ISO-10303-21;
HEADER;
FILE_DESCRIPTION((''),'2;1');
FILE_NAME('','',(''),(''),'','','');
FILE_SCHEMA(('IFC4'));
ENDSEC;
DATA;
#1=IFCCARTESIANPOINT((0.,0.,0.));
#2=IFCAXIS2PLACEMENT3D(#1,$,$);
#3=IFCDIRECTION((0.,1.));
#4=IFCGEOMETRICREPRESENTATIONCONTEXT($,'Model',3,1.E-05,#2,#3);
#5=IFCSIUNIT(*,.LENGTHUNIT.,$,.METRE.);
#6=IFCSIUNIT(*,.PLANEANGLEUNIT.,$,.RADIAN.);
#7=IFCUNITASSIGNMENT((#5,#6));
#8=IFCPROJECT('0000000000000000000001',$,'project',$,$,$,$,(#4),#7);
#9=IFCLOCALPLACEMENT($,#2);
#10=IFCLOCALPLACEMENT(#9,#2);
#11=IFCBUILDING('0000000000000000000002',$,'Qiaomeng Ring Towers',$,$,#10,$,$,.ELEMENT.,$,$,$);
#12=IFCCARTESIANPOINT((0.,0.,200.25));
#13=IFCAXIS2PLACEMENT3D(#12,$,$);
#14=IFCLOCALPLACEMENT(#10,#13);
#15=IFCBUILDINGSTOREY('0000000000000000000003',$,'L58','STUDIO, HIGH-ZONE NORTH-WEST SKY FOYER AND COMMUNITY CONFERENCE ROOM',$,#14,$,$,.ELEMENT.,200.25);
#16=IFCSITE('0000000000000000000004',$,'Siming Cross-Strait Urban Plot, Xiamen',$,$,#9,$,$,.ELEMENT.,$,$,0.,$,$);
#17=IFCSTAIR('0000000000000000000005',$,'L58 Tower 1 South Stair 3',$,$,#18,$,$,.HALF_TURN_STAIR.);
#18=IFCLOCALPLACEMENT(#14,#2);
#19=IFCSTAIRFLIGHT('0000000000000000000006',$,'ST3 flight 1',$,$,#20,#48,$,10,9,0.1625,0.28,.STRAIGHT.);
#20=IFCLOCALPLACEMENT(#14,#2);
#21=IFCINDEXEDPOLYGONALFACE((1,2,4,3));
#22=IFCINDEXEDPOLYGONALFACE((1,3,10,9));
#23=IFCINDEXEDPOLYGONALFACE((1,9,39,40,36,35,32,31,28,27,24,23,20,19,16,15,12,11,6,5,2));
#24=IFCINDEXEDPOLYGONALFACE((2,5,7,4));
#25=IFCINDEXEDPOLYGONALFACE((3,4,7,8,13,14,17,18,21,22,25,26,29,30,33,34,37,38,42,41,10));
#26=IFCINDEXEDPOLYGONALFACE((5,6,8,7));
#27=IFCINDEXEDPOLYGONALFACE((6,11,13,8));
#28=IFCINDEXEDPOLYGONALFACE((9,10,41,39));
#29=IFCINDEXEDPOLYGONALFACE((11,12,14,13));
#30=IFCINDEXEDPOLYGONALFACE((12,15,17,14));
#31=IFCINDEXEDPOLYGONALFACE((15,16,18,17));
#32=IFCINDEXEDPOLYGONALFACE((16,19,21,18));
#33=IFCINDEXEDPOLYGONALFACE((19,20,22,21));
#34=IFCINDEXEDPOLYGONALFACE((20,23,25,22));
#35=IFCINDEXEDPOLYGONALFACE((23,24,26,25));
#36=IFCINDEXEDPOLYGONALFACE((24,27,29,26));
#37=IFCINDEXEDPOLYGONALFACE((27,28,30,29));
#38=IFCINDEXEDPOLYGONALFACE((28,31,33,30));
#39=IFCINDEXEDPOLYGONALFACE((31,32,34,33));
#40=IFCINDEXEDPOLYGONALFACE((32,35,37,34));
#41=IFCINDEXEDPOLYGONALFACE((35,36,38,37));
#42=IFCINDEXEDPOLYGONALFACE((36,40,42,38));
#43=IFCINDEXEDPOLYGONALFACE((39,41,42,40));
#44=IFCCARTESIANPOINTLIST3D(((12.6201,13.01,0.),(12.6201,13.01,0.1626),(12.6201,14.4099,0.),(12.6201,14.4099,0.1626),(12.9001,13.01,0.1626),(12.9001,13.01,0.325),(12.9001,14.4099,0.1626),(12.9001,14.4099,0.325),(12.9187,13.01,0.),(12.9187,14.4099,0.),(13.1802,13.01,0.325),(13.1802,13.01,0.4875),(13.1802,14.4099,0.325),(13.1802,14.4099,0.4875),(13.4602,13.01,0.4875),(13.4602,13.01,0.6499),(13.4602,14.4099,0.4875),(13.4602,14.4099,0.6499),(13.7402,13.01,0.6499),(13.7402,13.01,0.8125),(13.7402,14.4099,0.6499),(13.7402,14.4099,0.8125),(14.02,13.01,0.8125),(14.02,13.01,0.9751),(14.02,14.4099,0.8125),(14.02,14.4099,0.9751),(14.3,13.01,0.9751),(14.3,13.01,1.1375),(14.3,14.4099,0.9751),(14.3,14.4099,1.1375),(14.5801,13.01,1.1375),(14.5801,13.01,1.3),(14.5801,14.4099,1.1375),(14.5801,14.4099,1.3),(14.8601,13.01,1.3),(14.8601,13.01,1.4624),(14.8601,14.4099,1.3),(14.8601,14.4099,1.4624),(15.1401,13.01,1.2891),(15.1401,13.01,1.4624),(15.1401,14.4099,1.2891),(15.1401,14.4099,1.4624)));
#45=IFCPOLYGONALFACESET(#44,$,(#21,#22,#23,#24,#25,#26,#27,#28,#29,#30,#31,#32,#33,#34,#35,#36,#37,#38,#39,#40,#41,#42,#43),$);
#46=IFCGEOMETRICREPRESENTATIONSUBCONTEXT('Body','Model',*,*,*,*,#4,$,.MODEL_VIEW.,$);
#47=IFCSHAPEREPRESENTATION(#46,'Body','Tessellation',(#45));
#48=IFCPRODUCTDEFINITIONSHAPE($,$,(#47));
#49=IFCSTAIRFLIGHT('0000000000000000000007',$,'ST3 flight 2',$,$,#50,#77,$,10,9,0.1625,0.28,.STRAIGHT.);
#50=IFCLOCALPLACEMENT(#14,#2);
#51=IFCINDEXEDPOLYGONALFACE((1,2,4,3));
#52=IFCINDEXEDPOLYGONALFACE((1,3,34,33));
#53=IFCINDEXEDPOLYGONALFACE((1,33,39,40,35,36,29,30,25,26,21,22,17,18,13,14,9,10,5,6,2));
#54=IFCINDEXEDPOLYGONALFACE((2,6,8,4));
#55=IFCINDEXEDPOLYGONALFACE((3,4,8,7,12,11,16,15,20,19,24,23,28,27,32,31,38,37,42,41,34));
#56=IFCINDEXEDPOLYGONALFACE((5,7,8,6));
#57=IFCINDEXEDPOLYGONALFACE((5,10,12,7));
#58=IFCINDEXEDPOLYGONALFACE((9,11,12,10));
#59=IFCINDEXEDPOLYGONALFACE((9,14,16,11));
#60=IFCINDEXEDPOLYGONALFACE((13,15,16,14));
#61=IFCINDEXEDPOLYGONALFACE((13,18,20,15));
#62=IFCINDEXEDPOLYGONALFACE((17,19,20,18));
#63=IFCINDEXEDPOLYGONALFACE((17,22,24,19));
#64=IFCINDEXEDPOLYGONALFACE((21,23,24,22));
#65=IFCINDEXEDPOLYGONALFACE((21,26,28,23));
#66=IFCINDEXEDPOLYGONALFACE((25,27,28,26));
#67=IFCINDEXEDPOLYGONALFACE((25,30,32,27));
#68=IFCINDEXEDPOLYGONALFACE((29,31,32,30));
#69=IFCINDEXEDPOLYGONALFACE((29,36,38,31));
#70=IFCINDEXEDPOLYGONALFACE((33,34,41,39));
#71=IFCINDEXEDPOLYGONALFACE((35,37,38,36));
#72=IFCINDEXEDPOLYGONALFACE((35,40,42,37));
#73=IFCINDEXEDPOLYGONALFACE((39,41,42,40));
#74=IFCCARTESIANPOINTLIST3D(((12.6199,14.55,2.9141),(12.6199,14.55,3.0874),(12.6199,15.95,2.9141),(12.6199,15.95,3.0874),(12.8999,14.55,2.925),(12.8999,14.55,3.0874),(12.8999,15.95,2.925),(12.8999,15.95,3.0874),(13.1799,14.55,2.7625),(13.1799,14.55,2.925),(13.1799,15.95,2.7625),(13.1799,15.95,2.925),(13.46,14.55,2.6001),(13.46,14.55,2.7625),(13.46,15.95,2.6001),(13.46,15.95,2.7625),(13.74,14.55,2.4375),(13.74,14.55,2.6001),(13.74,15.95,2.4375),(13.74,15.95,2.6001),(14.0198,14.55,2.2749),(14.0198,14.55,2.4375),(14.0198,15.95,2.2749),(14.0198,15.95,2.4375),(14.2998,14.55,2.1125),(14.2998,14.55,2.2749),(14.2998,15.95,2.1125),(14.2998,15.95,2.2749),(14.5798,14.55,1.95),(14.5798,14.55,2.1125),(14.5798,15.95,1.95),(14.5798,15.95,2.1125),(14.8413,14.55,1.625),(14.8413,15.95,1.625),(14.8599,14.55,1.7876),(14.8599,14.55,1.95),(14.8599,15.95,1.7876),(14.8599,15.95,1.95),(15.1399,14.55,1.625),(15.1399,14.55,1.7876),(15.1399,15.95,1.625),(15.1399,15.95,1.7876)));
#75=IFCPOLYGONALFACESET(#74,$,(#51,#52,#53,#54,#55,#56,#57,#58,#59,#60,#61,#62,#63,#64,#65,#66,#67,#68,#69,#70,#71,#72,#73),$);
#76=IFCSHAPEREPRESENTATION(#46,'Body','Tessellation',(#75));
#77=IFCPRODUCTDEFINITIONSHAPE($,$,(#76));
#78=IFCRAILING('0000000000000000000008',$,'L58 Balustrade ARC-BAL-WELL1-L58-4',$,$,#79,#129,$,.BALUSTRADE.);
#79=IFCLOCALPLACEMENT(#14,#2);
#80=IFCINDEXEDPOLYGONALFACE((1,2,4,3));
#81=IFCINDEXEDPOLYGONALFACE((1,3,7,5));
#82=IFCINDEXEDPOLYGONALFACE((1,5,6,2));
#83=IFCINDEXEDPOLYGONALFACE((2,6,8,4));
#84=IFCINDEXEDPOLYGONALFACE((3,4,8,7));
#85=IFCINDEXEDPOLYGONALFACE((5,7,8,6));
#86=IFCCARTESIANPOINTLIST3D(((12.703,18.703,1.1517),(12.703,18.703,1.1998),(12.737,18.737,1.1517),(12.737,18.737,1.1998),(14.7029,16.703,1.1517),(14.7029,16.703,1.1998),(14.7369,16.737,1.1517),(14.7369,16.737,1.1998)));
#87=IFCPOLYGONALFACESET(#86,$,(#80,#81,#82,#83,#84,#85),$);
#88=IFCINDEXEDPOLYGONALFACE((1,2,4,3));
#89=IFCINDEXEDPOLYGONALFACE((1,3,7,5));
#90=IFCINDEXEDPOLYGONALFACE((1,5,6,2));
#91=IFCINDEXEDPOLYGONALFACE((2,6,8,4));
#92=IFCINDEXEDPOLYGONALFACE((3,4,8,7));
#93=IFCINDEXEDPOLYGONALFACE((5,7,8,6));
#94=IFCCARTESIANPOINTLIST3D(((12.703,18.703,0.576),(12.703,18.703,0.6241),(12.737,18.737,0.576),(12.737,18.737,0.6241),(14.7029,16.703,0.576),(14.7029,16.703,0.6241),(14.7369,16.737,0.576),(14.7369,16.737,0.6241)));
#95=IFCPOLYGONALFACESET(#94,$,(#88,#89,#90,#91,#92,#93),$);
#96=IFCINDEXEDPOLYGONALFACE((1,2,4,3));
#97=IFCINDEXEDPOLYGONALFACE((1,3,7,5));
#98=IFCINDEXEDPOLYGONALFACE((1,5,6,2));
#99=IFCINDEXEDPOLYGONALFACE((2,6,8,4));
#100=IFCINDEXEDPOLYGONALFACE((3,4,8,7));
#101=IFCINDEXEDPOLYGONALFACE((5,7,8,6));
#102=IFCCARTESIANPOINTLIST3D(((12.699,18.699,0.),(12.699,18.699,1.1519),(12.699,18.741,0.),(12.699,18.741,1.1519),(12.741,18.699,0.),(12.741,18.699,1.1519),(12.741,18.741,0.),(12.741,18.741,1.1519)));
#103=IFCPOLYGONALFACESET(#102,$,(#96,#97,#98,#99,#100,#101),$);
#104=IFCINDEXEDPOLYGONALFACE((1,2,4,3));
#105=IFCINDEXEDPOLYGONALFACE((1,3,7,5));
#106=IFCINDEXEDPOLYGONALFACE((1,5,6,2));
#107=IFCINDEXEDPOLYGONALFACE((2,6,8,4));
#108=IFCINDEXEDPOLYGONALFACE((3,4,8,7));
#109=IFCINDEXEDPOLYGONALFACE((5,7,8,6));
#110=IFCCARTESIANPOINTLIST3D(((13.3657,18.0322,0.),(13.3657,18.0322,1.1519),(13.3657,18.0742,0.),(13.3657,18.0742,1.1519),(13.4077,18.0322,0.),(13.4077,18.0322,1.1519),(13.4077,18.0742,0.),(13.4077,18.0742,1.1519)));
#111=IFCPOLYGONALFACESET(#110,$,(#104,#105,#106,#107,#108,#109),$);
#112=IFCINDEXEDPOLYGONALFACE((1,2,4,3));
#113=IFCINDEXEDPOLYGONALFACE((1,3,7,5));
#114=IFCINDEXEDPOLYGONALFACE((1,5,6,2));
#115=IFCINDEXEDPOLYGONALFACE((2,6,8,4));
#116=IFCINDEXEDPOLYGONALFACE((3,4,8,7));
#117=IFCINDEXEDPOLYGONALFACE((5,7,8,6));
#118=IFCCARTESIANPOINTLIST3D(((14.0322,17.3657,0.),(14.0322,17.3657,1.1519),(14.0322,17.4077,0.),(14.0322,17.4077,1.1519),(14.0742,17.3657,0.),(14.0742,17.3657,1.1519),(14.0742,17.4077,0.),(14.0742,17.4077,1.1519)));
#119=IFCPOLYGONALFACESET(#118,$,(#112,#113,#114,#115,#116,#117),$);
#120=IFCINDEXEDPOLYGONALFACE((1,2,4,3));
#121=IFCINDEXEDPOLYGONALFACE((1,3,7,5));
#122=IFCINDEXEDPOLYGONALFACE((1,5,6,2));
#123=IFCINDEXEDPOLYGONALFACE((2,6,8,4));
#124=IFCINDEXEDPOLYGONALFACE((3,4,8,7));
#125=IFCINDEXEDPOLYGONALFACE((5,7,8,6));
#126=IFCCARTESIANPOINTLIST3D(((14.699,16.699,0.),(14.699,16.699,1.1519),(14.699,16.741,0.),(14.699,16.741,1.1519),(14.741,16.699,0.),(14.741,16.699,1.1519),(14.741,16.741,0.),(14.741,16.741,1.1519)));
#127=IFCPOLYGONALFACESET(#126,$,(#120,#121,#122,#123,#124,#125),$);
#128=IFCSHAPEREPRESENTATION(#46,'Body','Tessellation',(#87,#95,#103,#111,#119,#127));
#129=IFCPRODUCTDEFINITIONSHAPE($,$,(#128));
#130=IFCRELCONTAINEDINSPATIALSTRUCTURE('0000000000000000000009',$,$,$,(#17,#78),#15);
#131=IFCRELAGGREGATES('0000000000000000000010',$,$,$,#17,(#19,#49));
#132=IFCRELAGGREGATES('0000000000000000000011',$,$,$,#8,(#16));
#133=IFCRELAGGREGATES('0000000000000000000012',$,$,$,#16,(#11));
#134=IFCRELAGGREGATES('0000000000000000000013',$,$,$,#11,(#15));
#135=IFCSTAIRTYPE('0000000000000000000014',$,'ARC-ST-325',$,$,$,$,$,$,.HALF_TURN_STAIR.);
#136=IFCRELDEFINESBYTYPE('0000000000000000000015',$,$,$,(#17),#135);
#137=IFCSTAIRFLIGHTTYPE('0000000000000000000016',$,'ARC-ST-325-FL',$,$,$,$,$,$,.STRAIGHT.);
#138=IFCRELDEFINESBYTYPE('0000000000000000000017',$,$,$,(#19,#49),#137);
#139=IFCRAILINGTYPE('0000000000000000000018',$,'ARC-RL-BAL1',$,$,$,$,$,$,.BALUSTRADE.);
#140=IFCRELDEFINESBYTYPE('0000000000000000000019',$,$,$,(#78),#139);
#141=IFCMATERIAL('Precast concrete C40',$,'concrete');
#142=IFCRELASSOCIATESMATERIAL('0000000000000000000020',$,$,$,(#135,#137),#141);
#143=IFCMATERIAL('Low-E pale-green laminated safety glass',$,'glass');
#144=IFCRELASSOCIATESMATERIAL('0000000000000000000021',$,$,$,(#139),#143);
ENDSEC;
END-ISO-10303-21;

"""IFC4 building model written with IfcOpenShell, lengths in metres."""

from ifc_helpers import new_model, si_unit, direction, frame, origin, origin_2d, place, context, subcontext, project, spatial, polyline, rectangle, outline, extrude, source, transform, mapped, material, type_object, element, aggregate, save


model = new_model("IFC4")

# Units and contexts
model_context = context("Model", 3, precision=1e-05, world=origin(), true_north=direction((0.0, 1.0)))
body_context = subcontext(model_context, "Body", "Model", "MODEL_VIEW")
ifc_project = project(units=[si_unit("LENGTHUNIT", "METRE"), si_unit("PLANEANGLEUNIT", "RADIAN")], contexts=[model_context])

# Site, building, storey
site_placement = place(None, origin())
site = spatial("IfcSite", under=ifc_project, at=site_placement, Name="Siming Cross-Strait Urban Plot, Xiamen", CompositionType="ELEMENT", RefElevation=0.0)
building_placement = place(site_placement, origin())
building = spatial("IfcBuilding", under=site, at=building_placement, Name="Qiaomeng Ring Towers", CompositionType="ELEMENT")
storey_placement = place(building_placement, frame((0.0, 0.0, 200.25)))
storey = spatial("IfcBuildingStorey", under=building, at=storey_placement, Name="L58", Description="STUDIO, HIGH-ZONE NORTH-WEST SKY FOYER AND COMMUNITY CONFERENCE ROOM", CompositionType="ELEMENT", Elevation=200.25)

# Stair, stair flights
ifc_material_1 = material(Name="Precast concrete C40", Category="concrete")
stair_type = type_object("IfcStairType", Name="ARC-ST-325", PredefinedType="HALF_TURN_STAIR", material=ifc_material_1)
stair_placement = place(storey_placement, origin())
stair = element("IfcStair", 1, at=stair_placement, inside=storey, type_object=stair_type, Name="L58 Tower 1 South Stair 3", PredefinedType="HALF_TURN_STAIR")
stair_flight_type = type_object("IfcStairFlightType", Name="ARC-ST-325-FL", PredefinedType="STRAIGHT", material=ifc_material_1)
shared_shape_1 = source(origin(), body_context, "Body", "SweptSolid", [
    extrude(outline(polyline([(0.0, 0.0), (0.0, 0.1626), (0.28, 0.1626), (0.28, 0.325), (0.5601, 0.325), (0.5601, 0.4875), (0.8401, 0.4875), (0.8401, 0.6499), (1.1201, 0.6499), (1.1201, 0.8125), (1.3999, 0.8125), (1.3999, 0.9751), (1.6799, 0.9751), (1.6799, 1.1375), (1.96, 1.1375), (1.96, 1.3), (2.24, 1.3), (2.24, 1.4624), (2.52, 1.4624), (2.52, 1.625), (2.52, 1.2891), (0.2986, 0.0), (0.0, 0.0)])), frame((0.0, 0.7, 0.0), z_axis=(0.0, -1.0, 0.0), x_axis=(1.0, 0.0, 0.0)), (0.0, 0.0, 1.0), 1.3999),
])
stair_flight_1_placement = place(storey_placement, frame((12.6201, 13.71, 0.0), z_axis=(0.0, 0.0, 1.0), x_axis=(1.0, 0.0, 0.0)))
stair_flight_1 = element("IfcStairFlight", 2, at=stair_flight_1_placement, type_object=stair_flight_type, Name="ST3 flight 1", NumberOfRisers=10, NumberOfTreads=9, PredefinedType="STRAIGHT", RiserHeight=0.1625, TreadLength=0.28, context=body_context, shape_type="MappedRepresentation", body=[
    mapped(shared_shape_1, transform((0.0, 0.0, 0.0), x_axis=(1.0, 0.0, 0.0), y_axis=(0.0, 1.0, 0.0), z_axis=(0.0, 0.0, 1.0), scale=1.0)),
])
stair_flight_2_placement = place(storey_placement, frame((15.1399, 15.25, 1.625), z_axis=(0.0, 0.0, 1.0), x_axis=(-1.0, 0.0, 0.0)))
stair_flight_2 = element("IfcStairFlight", 3, at=stair_flight_2_placement, type_object=stair_flight_type, Name="ST3 flight 2", NumberOfRisers=10, NumberOfTreads=9, PredefinedType="STRAIGHT", RiserHeight=0.1625, TreadLength=0.28, context=body_context, shape_type="MappedRepresentation", body=[
    mapped(shared_shape_1, transform((0.0, 0.0, 0.0), x_axis=(1.0, 0.0, 0.0), y_axis=(0.0, 1.0, 0.0), z_axis=(0.0, 0.0, 1.0), scale=1.0)),
])
aggregate(stair, [stair_flight_1, stair_flight_2])

# Railing
ifc_material_2 = material(Name="Low-E pale-green laminated safety glass", Category="glass")
railing_type_1 = type_object("IfcRailingType", Name="ARC-RL-BAL1", PredefinedType="BALUSTRADE", material=ifc_material_2)
railing_1_placement = place(storey_placement, frame((12.72, 18.72, 0.0)))
element("IfcRailing", 4, at=railing_1_placement, inside=storey, type_object=railing_type_1, Name="L58 Balustrade ARC-BAL-WELL1-L58-4", PredefinedType="BALUSTRADE", context=body_context, shape_type="SweptSolid", body=[
    extrude(rectangle(XDim=0.0481, YDim=0.0481, at=origin_2d()), frame((0.0, 0.0, 1.1758), z_axis=(0.707107, -0.707107, 0.0), x_axis=(0.707107, 0.707107, 0.0)), (0.0, 0.0, 1.0), 2.8284),
    extrude(rectangle(XDim=0.0481, YDim=0.0481, at=origin_2d()), frame((0.0, 0.0, 0.6001), z_axis=(0.707107, -0.707107, 0.0), x_axis=(0.707107, 0.707107, 0.0)), (0.0, 0.0, 1.0), 2.8284),
    extrude(rectangle(XDim=0.042, YDim=0.042, at=origin_2d()), origin(), (0.0, 0.0, 1.0), 1.1519),
    extrude(rectangle(XDim=0.042, YDim=0.042, at=origin_2d()), frame((0.6667, -0.6667, 0.0)), (0.0, 0.0, 1.0), 1.1519),
    extrude(rectangle(XDim=0.042, YDim=0.042, at=origin_2d()), frame((1.3333, -1.3333, 0.0)), (0.0, 0.0, 1.0), 1.1519),
    extrude(rectangle(XDim=0.042, YDim=0.042, at=origin_2d()), frame((2.0, -2.0, 0.0)), (0.0, 0.0, 1.0), 1.1519),
])

save(model, "model.ifc")
